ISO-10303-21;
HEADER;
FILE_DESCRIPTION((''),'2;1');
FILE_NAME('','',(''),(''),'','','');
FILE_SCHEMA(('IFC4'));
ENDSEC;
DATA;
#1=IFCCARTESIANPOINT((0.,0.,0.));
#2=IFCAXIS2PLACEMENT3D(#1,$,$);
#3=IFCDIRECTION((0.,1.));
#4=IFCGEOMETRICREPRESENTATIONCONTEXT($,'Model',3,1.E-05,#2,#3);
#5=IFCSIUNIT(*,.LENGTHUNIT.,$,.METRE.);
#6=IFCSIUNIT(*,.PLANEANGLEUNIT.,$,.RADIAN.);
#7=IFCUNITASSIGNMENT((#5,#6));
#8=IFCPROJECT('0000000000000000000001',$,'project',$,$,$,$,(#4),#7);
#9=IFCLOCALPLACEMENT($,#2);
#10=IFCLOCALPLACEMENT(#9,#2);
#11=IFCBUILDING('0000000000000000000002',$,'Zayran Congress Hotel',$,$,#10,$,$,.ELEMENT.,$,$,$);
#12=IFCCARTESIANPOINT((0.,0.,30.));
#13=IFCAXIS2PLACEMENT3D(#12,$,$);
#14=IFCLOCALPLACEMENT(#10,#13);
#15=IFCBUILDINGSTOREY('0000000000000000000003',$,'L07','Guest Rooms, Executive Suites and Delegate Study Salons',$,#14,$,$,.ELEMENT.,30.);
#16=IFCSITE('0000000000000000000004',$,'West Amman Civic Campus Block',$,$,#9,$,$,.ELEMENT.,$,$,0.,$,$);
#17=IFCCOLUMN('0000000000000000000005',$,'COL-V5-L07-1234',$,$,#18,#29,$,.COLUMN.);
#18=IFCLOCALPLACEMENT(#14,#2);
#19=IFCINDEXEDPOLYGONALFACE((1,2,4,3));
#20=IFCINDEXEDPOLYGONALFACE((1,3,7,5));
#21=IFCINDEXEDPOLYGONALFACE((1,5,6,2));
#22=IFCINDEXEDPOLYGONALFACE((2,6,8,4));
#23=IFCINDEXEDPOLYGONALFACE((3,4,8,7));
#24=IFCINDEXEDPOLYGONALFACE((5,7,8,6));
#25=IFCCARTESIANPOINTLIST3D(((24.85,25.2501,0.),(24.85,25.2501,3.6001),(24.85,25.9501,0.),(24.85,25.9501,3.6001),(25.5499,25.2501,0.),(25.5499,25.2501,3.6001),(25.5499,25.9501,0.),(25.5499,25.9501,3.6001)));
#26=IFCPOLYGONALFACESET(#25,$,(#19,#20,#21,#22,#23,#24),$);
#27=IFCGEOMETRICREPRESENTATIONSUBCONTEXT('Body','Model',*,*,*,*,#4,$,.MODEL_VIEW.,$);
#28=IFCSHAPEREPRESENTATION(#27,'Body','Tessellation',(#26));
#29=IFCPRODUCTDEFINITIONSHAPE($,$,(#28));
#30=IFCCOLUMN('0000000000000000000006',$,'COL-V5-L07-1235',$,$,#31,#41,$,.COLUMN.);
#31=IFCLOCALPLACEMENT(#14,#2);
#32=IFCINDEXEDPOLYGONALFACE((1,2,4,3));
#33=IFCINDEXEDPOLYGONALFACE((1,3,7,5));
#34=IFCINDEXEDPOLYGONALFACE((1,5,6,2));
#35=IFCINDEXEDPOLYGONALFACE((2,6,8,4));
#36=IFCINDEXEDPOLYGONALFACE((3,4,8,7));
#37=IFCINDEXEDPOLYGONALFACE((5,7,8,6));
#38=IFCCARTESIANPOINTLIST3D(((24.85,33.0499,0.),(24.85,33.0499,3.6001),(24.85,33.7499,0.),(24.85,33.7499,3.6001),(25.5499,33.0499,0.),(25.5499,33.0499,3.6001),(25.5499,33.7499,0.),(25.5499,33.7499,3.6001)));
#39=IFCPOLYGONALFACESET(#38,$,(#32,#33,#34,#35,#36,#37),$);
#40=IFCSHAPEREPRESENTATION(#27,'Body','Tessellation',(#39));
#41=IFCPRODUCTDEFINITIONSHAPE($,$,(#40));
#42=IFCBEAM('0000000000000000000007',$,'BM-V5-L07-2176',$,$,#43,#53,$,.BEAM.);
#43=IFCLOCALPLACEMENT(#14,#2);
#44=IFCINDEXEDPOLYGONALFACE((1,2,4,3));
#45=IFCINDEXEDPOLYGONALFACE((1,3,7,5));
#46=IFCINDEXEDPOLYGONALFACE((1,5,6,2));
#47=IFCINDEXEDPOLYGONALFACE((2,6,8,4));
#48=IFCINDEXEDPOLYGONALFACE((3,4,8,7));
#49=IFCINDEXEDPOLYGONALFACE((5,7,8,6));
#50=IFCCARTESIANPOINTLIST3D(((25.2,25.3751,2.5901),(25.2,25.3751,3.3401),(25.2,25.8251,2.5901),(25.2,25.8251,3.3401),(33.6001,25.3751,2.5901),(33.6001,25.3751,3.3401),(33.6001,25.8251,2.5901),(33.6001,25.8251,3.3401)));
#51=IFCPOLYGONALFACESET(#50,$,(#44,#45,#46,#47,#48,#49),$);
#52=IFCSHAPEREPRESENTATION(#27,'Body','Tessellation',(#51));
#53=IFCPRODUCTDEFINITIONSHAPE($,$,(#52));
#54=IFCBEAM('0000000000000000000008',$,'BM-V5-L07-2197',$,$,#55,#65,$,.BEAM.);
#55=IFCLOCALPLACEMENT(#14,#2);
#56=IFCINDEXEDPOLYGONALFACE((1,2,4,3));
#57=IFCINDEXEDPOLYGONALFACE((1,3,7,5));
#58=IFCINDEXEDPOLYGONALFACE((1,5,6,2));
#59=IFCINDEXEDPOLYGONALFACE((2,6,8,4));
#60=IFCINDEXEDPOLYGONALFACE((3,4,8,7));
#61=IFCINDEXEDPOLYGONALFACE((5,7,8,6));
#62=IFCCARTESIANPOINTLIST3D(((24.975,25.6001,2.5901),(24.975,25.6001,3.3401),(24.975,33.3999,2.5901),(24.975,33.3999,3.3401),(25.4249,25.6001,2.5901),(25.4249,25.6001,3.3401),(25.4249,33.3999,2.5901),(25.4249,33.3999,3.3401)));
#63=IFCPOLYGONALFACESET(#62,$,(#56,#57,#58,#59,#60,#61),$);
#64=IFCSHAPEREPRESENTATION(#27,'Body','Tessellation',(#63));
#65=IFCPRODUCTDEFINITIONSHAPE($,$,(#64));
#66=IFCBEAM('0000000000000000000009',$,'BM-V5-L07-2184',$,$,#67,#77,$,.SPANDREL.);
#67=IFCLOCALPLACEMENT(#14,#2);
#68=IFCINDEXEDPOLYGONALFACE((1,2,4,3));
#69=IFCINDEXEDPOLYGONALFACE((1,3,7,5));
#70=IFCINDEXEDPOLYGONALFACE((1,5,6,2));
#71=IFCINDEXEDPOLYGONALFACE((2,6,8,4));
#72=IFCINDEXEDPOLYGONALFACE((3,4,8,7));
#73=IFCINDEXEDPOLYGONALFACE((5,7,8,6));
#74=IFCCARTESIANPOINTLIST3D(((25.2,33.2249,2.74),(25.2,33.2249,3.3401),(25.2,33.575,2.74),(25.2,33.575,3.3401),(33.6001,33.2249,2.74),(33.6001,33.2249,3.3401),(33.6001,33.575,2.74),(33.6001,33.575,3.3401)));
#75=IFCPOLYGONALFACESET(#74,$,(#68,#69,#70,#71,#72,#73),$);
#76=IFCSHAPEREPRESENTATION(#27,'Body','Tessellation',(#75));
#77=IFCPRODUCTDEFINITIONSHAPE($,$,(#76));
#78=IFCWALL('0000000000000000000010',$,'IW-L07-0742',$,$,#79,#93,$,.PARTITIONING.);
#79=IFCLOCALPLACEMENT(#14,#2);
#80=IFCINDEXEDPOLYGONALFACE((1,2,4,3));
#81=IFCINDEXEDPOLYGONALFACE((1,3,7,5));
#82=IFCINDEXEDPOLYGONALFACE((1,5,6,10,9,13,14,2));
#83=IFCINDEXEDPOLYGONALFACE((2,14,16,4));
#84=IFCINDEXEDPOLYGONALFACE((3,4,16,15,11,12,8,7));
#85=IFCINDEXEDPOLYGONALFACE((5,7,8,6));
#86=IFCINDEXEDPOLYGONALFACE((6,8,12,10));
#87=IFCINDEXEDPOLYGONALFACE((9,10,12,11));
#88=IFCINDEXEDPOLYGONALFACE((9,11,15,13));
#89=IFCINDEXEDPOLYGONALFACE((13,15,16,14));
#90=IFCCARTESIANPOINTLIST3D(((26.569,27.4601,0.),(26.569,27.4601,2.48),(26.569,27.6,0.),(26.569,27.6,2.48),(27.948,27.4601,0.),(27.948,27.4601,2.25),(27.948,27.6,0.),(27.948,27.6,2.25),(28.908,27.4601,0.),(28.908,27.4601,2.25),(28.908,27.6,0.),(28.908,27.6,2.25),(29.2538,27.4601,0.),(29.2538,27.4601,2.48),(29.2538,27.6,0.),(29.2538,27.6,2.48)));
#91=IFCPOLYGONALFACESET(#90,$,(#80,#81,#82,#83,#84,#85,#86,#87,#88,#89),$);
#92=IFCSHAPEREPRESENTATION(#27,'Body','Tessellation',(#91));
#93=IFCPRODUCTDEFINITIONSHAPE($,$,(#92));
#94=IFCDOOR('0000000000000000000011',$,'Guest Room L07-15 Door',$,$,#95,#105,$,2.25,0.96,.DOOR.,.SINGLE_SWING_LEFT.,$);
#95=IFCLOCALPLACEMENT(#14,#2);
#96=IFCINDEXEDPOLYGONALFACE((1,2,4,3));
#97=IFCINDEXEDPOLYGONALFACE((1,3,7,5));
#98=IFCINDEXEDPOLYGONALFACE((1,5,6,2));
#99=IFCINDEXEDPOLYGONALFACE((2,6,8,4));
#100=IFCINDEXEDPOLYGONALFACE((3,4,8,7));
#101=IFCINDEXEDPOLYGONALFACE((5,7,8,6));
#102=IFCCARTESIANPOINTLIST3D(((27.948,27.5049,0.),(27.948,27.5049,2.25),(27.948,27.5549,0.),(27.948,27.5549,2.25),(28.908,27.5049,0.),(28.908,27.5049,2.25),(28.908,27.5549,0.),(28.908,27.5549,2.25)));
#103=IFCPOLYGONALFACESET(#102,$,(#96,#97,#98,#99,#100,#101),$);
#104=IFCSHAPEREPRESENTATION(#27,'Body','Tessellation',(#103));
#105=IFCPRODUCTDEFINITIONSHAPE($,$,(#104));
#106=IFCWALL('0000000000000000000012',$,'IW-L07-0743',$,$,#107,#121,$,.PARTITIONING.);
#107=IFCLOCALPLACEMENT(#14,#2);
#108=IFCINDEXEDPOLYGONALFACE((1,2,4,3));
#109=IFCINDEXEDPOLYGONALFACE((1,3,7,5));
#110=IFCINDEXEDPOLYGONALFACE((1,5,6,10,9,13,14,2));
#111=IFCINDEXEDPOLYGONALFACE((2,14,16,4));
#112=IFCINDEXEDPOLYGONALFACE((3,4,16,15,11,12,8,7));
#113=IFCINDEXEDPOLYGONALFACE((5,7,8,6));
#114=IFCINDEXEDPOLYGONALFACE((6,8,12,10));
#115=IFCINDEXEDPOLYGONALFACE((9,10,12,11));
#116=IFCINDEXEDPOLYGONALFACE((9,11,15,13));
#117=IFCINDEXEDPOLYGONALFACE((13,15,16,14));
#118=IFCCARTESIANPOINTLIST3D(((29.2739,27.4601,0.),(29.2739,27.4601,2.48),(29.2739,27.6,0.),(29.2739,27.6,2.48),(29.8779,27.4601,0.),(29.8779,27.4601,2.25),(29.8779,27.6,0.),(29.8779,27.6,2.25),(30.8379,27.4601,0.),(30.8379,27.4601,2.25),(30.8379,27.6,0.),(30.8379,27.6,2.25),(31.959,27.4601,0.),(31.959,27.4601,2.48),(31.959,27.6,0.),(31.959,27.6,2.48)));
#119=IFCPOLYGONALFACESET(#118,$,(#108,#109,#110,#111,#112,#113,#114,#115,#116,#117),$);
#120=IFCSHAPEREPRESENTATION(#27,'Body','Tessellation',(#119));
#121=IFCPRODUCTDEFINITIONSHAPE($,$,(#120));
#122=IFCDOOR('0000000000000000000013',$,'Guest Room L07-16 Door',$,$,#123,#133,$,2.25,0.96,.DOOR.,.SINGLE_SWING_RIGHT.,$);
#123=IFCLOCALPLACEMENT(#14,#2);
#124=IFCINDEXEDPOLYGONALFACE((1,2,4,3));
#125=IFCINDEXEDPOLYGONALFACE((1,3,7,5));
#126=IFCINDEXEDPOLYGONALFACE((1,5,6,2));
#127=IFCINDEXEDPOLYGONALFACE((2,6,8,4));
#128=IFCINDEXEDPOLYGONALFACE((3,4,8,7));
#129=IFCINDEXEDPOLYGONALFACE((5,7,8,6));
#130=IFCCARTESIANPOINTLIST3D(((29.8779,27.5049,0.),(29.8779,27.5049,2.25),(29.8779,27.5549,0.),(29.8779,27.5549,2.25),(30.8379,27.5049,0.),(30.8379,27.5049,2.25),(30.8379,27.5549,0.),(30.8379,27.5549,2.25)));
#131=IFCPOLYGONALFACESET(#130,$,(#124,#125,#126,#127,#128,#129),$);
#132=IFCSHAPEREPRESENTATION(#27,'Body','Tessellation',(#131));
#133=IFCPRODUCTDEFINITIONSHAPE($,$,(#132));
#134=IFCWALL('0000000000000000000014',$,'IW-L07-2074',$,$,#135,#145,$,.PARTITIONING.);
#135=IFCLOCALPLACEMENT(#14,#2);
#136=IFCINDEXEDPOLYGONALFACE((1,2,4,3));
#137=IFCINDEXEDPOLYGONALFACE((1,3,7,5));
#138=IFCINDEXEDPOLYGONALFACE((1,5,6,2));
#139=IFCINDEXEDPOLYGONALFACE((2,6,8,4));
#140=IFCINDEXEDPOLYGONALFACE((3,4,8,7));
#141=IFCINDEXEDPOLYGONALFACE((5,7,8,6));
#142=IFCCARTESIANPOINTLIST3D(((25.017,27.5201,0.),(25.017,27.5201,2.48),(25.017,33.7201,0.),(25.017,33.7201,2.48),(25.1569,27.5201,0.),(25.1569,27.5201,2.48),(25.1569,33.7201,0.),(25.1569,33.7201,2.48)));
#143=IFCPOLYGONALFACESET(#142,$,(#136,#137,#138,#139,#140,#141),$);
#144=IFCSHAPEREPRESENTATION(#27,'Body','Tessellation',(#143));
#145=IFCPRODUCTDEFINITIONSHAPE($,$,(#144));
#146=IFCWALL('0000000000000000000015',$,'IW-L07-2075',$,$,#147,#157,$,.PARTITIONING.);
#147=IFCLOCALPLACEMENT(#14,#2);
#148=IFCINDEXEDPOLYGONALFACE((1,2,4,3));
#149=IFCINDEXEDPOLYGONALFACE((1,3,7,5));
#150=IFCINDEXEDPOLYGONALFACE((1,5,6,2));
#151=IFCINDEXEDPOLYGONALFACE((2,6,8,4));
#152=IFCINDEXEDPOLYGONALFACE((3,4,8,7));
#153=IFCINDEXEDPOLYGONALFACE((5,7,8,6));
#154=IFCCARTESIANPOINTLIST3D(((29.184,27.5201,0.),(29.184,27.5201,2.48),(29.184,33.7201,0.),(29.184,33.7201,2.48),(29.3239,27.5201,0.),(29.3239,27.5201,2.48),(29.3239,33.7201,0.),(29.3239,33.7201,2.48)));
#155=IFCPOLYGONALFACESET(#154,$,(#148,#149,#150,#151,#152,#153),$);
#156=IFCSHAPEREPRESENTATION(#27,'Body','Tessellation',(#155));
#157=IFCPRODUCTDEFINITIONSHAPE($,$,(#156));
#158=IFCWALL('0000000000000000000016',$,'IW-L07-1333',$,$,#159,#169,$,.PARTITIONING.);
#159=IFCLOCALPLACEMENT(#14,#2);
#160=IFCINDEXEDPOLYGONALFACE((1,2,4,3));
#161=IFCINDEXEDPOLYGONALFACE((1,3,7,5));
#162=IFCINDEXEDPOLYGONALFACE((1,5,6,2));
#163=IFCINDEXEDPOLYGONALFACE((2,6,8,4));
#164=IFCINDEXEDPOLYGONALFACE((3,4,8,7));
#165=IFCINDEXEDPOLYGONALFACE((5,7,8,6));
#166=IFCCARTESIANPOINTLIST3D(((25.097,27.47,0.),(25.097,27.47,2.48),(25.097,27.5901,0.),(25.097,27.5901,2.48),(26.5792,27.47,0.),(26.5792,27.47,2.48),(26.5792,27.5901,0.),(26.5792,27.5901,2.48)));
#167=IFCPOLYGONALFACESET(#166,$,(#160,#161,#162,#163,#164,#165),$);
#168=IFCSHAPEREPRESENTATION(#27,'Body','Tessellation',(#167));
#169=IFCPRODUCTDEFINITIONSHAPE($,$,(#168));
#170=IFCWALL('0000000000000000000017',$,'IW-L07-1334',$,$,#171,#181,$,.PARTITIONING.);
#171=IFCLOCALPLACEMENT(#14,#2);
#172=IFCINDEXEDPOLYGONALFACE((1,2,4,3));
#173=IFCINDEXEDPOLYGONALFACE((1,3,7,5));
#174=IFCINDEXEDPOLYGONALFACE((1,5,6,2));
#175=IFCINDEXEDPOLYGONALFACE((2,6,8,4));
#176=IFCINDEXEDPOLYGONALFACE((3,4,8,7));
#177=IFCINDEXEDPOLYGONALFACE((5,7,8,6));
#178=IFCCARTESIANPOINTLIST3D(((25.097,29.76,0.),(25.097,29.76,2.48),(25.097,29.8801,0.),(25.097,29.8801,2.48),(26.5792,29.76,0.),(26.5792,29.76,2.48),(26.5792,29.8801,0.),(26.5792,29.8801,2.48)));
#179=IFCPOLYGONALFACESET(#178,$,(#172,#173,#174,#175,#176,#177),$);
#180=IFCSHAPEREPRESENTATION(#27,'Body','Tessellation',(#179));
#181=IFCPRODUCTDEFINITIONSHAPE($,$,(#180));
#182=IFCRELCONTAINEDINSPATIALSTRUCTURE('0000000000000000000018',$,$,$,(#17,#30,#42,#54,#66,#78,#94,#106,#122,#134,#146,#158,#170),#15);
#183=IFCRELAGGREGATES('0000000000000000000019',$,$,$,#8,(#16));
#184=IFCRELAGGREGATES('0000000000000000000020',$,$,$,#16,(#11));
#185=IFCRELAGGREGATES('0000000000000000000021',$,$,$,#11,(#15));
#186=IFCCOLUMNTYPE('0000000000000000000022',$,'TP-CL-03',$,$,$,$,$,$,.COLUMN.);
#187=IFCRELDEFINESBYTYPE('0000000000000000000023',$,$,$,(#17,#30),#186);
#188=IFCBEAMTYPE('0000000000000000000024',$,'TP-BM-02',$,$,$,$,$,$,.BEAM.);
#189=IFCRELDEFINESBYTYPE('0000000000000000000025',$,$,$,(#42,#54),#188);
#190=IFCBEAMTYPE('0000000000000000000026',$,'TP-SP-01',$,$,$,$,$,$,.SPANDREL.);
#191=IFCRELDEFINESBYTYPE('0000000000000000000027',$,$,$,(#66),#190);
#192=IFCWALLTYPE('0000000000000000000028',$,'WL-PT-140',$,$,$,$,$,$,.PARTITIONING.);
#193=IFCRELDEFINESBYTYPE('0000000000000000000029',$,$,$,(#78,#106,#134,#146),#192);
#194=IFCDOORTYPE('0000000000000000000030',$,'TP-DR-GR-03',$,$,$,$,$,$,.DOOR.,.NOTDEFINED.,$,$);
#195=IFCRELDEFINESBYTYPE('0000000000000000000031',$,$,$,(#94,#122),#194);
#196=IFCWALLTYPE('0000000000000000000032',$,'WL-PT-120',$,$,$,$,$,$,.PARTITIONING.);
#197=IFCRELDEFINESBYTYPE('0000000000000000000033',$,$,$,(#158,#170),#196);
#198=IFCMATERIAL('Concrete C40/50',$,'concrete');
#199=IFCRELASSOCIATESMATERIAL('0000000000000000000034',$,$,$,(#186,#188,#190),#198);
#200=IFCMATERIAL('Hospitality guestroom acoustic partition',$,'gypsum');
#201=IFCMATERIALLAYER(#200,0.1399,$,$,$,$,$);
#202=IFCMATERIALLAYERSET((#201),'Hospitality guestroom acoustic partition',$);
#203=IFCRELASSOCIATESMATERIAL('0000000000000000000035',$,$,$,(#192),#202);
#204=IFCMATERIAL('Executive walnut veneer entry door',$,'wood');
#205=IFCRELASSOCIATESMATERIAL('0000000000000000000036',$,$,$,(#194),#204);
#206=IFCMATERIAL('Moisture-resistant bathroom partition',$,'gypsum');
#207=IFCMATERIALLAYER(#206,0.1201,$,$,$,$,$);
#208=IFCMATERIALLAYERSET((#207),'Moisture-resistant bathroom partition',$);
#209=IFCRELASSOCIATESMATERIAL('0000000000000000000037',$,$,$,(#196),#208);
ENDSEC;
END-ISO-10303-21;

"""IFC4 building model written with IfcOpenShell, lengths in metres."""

from ifc_helpers import new_model, si_unit, direction, frame, frame_2d, origin, origin_2d, place, context, subcontext, project, spatial, rectangle, extrude, material, layer, layer_set, material_profile, profile_set, type_object, element, fill, save


model = new_model("IFC4")

# Units and contexts
model_context = context("Model", 3, precision=1e-05, world=origin(), true_north=direction((0.0, 1.0)))
body_context = subcontext(model_context, "Body", "Model", "MODEL_VIEW")
ifc_project = project(units=[si_unit("LENGTHUNIT", "METRE"), si_unit("PLANEANGLEUNIT", "RADIAN")], contexts=[model_context])

# Site, building, storey
site_placement = place(None, origin())
site = spatial("IfcSite", under=ifc_project, at=site_placement, Name="West Amman Civic Campus Block", CompositionType="ELEMENT", RefElevation=0.0)
building_placement = place(site_placement, origin())
building = spatial("IfcBuilding", under=site, at=building_placement, Name="Zayran Congress Hotel", CompositionType="ELEMENT")
storey_placement = place(building_placement, frame((0.0, 0.0, 30.0)))
storey = spatial("IfcBuildingStorey", under=building, at=storey_placement, Name="L07", Description="Guest Rooms, Executive Suites and Delegate Study Salons", CompositionType="ELEMENT", Elevation=30.0)

# Columns
ifc_material_1 = material(Name="Concrete C40/50", Category="concrete")
ifc_material_profile_1 = material_profile(ifc_material_1, rectangle(XDim=0.7, YDim=0.7, at=origin_2d()), Name="RC 700x700")
ifc_profile_set_1 = profile_set([ifc_material_profile_1], Name="Concrete C40/50")
column_type = type_object("IfcColumnType", Name="TP-CL-03", PredefinedType="COLUMN", material=ifc_profile_set_1)
for number, where, z_axis, x_axis, name in (
    (1, (25.2, 25.6001, 0.0), (0.0, 0.0, 1.0), (1.0, 0.0, 0.0), "COL-V5-L07-1234"),
    (2, (25.2, 33.3999, 0.0), (0.0, 0.0, 1.0), (1.0, 0.0, 0.0), "COL-V5-L07-1235"),
):
    element("IfcColumn", number, at=place(storey_placement, frame(where, z_axis=z_axis, x_axis=x_axis)), inside=storey, type_object=column_type, Name=name, PredefinedType="COLUMN", context=body_context, shape_type="SweptSolid", body=[
        extrude(rectangle(XDim=0.7, YDim=0.7, at=origin_2d()), origin(), (0.0, 0.0, 1.0), 3.6001),
    ])

# Beams
ifc_material_profile_2 = material_profile(ifc_material_1, rectangle(XDim=0.45, YDim=0.75, at=origin_2d()), Name="RC 450x750")
ifc_profile_set_2 = profile_set([ifc_material_profile_2], Name="Concrete C40/50")
beam_type_1 = type_object("IfcBeamType", Name="TP-BM-02", PredefinedType="BEAM", material=ifc_profile_set_2)
beam_1_placement = place(storey_placement, frame((25.2, 25.6001, 2.9651), z_axis=(1.0, 0.0, 0.0), x_axis=(0.0, 1.0, 0.0)))
element("IfcBeam", 3, at=beam_1_placement, inside=storey, type_object=beam_type_1, Name="BM-V5-L07-2176", PredefinedType="BEAM", context=body_context, shape_type="SweptSolid", body=[
    extrude(rectangle(XDim=0.45, YDim=0.75, at=origin_2d()), origin(), (0.0, 0.0, 1.0), 8.4001),
])
beam_2_placement = place(storey_placement, frame((25.2, 25.6001, 2.9651), z_axis=(0.0, 1.0, 0.0), x_axis=(-1.0, 0.0, 0.0)))
element("IfcBeam", 4, at=beam_2_placement, inside=storey, type_object=beam_type_1, Name="BM-V5-L07-2197", PredefinedType="BEAM", context=body_context, shape_type="SweptSolid", body=[
    extrude(rectangle(XDim=0.45, YDim=0.75, at=origin_2d()), origin(), (0.0, 0.0, 1.0), 7.7998),
])
ifc_material_profile_3 = material_profile(ifc_material_1, rectangle(XDim=0.3501, YDim=0.6001, at=origin_2d()), Name="RC 350x600")
ifc_profile_set_3 = profile_set([ifc_material_profile_3], Name="Concrete C40/50")
beam_type_2 = type_object("IfcBeamType", Name="TP-SP-01", PredefinedType="SPANDREL", material=ifc_profile_set_3)
beam_3_placement = place(storey_placement, frame((25.2, 33.3999, 3.04), z_axis=(1.0, 0.0, 0.0), x_axis=(0.0, 1.0, 0.0)))
element("IfcBeam", 5, at=beam_3_placement, inside=storey, type_object=beam_type_2, Name="BM-V5-L07-2184", PredefinedType="SPANDREL", context=body_context, shape_type="SweptSolid", body=[
    extrude(rectangle(XDim=0.3501, YDim=0.6001, at=origin_2d()), origin(), (0.0, 0.0, 1.0), 8.4001),
])

# Walls, openings, doors
ifc_material_2 = material(Name="Hospitality guestroom acoustic partition", Category="gypsum")
ifc_layer_1 = layer(ifc_material_2, 0.1399)
ifc_layer_set_1 = layer_set([ifc_layer_1], Name="Hospitality guestroom acoustic partition")
wall_type_1 = type_object("IfcWallType", Name="WL-PT-140", PredefinedType="PARTITIONING", material=ifc_layer_set_1)
wall_1_placement = place(storey_placement, frame((26.5691, 27.53, 0.0), z_axis=(0.0, 0.0, 1.0), x_axis=(1.0, 0.0, 0.0)))
wall_1 = element("IfcWall", 6, at=wall_1_placement, inside=storey, type_object=wall_type_1, Name="IW-L07-0742", PredefinedType="PARTITIONING", context=body_context, shape_type="SweptSolid", body=[
    extrude(rectangle(XDim=2.6848, YDim=0.1399, at=frame_2d((1.3423, 0.0))), origin(), (0.0, 0.0, 1.0), 2.48),
])
opening_1_placement = place(wall_1_placement, frame((1.3789, 0.0, 0.0)))
opening_1 = element("IfcOpeningElement", 7, at=opening_1_placement, cuts=wall_1, PredefinedType="OPENING", context=body_context, shape_type="SweptSolid", body=[
    extrude(rectangle(XDim=0.96, YDim=2.25, at=frame_2d((0.48, 1.125))), frame((0.0, 0.0798, 0.0), z_axis=(0.0, -1.0, 0.0), x_axis=(1.0, 0.0, 0.0)), (0.0, 0.0, 1.0), 0.1599),
])
ifc_material_3 = material(Name="Executive walnut veneer entry door", Category="wood")
door_type_1 = type_object("IfcDoorType", Name="TP-DR-GR-03", OperationType="NOTDEFINED", PredefinedType="DOOR", material=ifc_material_3)
door_1_placement = place(opening_1_placement, origin())
door_1 = element("IfcDoor", 8, at=door_1_placement, inside=storey, type_object=door_type_1, Name="Guest Room L07-15 Door", OperationType="SINGLE_SWING_LEFT", OverallHeight=2.25, OverallWidth=0.96, PredefinedType="DOOR", context=body_context, shape_type="SweptSolid", body=[
    extrude(rectangle(XDim=0.96, YDim=2.25, at=frame_2d((0.48, 1.125))), frame((0.0, 0.0249, 0.0), z_axis=(0.0, -1.0, 0.0), x_axis=(1.0, 0.0, 0.0)), (0.0, 0.0, 1.0), 0.05),
])
fill(opening_1, door_1)
wall_2_placement = place(storey_placement, frame((29.2739, 27.53, 0.0), z_axis=(0.0, 0.0, 1.0), x_axis=(1.0, 0.0, 0.0)))
wall_2 = element("IfcWall", 9, at=wall_2_placement, inside=storey, type_object=wall_type_1, Name="IW-L07-0743", PredefinedType="PARTITIONING", context=body_context, shape_type="SweptSolid", body=[
    extrude(rectangle(XDim=2.6851, YDim=0.1399, at=frame_2d((1.3425, 0.0))), origin(), (0.0, 0.0, 1.0), 2.48),
])
opening_2_placement = place(wall_2_placement, frame((0.604, 0.0, 0.0)))
opening_2 = element("IfcOpeningElement", 10, at=opening_2_placement, cuts=wall_2, PredefinedType="OPENING", context=body_context, shape_type="SweptSolid", body=[
    extrude(rectangle(XDim=0.96, YDim=2.25, at=frame_2d((0.48, 1.125))), frame((0.0, 0.0798, 0.0), z_axis=(0.0, -1.0, 0.0), x_axis=(1.0, 0.0, 0.0)), (0.0, 0.0, 1.0), 0.1599),
])
door_2_placement = place(opening_2_placement, origin())
door_2 = element("IfcDoor", 11, at=door_2_placement, inside=storey, type_object=door_type_1, Name="Guest Room L07-16 Door", OperationType="SINGLE_SWING_RIGHT", OverallHeight=2.25, OverallWidth=0.96, PredefinedType="DOOR", context=body_context, shape_type="SweptSolid", body=[
    extrude(rectangle(XDim=0.96, YDim=2.25, at=frame_2d((0.48, 1.125))), frame((0.0, 0.0249, 0.0), z_axis=(0.0, -1.0, 0.0), x_axis=(1.0, 0.0, 0.0)), (0.0, 0.0, 1.0), 0.05),
])
fill(opening_2, door_2)

# Walls
for number, where, z_axis, x_axis, name in (
    (12, (25.0869, 27.52, 0.0), (0.0, 0.0, 1.0), (0.0, 1.0, 0.0), "IW-L07-2074"),
    (13, (29.2539, 27.52, 0.0), (0.0, 0.0, 1.0), (0.0, 1.0, 0.0), "IW-L07-2075"),
):
    element("IfcWall", number, at=place(storey_placement, frame(where, z_axis=z_axis, x_axis=x_axis)), inside=storey, type_object=wall_type_1, Name=name, PredefinedType="PARTITIONING", context=body_context, shape_type="SweptSolid", body=[
        extrude(rectangle(XDim=6.2, YDim=0.1399, at=frame_2d((3.1001, 0.0))), origin(), (0.0, 0.0, 1.0), 2.48),
    ])

# Shared definitions
ifc_material_4 = material(Name="Moisture-resistant bathroom partition", Category="gypsum")
ifc_layer_2 = layer(ifc_material_4, 0.1201)
ifc_layer_set_2 = layer_set([ifc_layer_2], Name="Moisture-resistant bathroom partition")
wall_type_2 = type_object("IfcWallType", Name="WL-PT-120", PredefinedType="PARTITIONING", material=ifc_layer_set_2)

# Walls
for number, where, z_axis, x_axis, name in (
    (14, (25.0969, 27.53, 0.0), (0.0, 0.0, 1.0), (1.0, 0.0, 0.0), "IW-L07-1333"),
    (15, (25.0969, 29.8201, 0.0), (0.0, 0.0, 1.0), (1.0, 0.0, 0.0), "IW-L07-1334"),
):
    element("IfcWall", number, at=place(storey_placement, frame(where, z_axis=z_axis, x_axis=x_axis)), inside=storey, type_object=wall_type_2, Name=name, PredefinedType="PARTITIONING", context=body_context, shape_type="SweptSolid", body=[
        extrude(rectangle(XDim=1.4822, YDim=0.1201, at=frame_2d((0.7412, 0.0))), origin(), (0.0, 0.0, 1.0), 2.48),
    ])

save(model, "model.ifc")
